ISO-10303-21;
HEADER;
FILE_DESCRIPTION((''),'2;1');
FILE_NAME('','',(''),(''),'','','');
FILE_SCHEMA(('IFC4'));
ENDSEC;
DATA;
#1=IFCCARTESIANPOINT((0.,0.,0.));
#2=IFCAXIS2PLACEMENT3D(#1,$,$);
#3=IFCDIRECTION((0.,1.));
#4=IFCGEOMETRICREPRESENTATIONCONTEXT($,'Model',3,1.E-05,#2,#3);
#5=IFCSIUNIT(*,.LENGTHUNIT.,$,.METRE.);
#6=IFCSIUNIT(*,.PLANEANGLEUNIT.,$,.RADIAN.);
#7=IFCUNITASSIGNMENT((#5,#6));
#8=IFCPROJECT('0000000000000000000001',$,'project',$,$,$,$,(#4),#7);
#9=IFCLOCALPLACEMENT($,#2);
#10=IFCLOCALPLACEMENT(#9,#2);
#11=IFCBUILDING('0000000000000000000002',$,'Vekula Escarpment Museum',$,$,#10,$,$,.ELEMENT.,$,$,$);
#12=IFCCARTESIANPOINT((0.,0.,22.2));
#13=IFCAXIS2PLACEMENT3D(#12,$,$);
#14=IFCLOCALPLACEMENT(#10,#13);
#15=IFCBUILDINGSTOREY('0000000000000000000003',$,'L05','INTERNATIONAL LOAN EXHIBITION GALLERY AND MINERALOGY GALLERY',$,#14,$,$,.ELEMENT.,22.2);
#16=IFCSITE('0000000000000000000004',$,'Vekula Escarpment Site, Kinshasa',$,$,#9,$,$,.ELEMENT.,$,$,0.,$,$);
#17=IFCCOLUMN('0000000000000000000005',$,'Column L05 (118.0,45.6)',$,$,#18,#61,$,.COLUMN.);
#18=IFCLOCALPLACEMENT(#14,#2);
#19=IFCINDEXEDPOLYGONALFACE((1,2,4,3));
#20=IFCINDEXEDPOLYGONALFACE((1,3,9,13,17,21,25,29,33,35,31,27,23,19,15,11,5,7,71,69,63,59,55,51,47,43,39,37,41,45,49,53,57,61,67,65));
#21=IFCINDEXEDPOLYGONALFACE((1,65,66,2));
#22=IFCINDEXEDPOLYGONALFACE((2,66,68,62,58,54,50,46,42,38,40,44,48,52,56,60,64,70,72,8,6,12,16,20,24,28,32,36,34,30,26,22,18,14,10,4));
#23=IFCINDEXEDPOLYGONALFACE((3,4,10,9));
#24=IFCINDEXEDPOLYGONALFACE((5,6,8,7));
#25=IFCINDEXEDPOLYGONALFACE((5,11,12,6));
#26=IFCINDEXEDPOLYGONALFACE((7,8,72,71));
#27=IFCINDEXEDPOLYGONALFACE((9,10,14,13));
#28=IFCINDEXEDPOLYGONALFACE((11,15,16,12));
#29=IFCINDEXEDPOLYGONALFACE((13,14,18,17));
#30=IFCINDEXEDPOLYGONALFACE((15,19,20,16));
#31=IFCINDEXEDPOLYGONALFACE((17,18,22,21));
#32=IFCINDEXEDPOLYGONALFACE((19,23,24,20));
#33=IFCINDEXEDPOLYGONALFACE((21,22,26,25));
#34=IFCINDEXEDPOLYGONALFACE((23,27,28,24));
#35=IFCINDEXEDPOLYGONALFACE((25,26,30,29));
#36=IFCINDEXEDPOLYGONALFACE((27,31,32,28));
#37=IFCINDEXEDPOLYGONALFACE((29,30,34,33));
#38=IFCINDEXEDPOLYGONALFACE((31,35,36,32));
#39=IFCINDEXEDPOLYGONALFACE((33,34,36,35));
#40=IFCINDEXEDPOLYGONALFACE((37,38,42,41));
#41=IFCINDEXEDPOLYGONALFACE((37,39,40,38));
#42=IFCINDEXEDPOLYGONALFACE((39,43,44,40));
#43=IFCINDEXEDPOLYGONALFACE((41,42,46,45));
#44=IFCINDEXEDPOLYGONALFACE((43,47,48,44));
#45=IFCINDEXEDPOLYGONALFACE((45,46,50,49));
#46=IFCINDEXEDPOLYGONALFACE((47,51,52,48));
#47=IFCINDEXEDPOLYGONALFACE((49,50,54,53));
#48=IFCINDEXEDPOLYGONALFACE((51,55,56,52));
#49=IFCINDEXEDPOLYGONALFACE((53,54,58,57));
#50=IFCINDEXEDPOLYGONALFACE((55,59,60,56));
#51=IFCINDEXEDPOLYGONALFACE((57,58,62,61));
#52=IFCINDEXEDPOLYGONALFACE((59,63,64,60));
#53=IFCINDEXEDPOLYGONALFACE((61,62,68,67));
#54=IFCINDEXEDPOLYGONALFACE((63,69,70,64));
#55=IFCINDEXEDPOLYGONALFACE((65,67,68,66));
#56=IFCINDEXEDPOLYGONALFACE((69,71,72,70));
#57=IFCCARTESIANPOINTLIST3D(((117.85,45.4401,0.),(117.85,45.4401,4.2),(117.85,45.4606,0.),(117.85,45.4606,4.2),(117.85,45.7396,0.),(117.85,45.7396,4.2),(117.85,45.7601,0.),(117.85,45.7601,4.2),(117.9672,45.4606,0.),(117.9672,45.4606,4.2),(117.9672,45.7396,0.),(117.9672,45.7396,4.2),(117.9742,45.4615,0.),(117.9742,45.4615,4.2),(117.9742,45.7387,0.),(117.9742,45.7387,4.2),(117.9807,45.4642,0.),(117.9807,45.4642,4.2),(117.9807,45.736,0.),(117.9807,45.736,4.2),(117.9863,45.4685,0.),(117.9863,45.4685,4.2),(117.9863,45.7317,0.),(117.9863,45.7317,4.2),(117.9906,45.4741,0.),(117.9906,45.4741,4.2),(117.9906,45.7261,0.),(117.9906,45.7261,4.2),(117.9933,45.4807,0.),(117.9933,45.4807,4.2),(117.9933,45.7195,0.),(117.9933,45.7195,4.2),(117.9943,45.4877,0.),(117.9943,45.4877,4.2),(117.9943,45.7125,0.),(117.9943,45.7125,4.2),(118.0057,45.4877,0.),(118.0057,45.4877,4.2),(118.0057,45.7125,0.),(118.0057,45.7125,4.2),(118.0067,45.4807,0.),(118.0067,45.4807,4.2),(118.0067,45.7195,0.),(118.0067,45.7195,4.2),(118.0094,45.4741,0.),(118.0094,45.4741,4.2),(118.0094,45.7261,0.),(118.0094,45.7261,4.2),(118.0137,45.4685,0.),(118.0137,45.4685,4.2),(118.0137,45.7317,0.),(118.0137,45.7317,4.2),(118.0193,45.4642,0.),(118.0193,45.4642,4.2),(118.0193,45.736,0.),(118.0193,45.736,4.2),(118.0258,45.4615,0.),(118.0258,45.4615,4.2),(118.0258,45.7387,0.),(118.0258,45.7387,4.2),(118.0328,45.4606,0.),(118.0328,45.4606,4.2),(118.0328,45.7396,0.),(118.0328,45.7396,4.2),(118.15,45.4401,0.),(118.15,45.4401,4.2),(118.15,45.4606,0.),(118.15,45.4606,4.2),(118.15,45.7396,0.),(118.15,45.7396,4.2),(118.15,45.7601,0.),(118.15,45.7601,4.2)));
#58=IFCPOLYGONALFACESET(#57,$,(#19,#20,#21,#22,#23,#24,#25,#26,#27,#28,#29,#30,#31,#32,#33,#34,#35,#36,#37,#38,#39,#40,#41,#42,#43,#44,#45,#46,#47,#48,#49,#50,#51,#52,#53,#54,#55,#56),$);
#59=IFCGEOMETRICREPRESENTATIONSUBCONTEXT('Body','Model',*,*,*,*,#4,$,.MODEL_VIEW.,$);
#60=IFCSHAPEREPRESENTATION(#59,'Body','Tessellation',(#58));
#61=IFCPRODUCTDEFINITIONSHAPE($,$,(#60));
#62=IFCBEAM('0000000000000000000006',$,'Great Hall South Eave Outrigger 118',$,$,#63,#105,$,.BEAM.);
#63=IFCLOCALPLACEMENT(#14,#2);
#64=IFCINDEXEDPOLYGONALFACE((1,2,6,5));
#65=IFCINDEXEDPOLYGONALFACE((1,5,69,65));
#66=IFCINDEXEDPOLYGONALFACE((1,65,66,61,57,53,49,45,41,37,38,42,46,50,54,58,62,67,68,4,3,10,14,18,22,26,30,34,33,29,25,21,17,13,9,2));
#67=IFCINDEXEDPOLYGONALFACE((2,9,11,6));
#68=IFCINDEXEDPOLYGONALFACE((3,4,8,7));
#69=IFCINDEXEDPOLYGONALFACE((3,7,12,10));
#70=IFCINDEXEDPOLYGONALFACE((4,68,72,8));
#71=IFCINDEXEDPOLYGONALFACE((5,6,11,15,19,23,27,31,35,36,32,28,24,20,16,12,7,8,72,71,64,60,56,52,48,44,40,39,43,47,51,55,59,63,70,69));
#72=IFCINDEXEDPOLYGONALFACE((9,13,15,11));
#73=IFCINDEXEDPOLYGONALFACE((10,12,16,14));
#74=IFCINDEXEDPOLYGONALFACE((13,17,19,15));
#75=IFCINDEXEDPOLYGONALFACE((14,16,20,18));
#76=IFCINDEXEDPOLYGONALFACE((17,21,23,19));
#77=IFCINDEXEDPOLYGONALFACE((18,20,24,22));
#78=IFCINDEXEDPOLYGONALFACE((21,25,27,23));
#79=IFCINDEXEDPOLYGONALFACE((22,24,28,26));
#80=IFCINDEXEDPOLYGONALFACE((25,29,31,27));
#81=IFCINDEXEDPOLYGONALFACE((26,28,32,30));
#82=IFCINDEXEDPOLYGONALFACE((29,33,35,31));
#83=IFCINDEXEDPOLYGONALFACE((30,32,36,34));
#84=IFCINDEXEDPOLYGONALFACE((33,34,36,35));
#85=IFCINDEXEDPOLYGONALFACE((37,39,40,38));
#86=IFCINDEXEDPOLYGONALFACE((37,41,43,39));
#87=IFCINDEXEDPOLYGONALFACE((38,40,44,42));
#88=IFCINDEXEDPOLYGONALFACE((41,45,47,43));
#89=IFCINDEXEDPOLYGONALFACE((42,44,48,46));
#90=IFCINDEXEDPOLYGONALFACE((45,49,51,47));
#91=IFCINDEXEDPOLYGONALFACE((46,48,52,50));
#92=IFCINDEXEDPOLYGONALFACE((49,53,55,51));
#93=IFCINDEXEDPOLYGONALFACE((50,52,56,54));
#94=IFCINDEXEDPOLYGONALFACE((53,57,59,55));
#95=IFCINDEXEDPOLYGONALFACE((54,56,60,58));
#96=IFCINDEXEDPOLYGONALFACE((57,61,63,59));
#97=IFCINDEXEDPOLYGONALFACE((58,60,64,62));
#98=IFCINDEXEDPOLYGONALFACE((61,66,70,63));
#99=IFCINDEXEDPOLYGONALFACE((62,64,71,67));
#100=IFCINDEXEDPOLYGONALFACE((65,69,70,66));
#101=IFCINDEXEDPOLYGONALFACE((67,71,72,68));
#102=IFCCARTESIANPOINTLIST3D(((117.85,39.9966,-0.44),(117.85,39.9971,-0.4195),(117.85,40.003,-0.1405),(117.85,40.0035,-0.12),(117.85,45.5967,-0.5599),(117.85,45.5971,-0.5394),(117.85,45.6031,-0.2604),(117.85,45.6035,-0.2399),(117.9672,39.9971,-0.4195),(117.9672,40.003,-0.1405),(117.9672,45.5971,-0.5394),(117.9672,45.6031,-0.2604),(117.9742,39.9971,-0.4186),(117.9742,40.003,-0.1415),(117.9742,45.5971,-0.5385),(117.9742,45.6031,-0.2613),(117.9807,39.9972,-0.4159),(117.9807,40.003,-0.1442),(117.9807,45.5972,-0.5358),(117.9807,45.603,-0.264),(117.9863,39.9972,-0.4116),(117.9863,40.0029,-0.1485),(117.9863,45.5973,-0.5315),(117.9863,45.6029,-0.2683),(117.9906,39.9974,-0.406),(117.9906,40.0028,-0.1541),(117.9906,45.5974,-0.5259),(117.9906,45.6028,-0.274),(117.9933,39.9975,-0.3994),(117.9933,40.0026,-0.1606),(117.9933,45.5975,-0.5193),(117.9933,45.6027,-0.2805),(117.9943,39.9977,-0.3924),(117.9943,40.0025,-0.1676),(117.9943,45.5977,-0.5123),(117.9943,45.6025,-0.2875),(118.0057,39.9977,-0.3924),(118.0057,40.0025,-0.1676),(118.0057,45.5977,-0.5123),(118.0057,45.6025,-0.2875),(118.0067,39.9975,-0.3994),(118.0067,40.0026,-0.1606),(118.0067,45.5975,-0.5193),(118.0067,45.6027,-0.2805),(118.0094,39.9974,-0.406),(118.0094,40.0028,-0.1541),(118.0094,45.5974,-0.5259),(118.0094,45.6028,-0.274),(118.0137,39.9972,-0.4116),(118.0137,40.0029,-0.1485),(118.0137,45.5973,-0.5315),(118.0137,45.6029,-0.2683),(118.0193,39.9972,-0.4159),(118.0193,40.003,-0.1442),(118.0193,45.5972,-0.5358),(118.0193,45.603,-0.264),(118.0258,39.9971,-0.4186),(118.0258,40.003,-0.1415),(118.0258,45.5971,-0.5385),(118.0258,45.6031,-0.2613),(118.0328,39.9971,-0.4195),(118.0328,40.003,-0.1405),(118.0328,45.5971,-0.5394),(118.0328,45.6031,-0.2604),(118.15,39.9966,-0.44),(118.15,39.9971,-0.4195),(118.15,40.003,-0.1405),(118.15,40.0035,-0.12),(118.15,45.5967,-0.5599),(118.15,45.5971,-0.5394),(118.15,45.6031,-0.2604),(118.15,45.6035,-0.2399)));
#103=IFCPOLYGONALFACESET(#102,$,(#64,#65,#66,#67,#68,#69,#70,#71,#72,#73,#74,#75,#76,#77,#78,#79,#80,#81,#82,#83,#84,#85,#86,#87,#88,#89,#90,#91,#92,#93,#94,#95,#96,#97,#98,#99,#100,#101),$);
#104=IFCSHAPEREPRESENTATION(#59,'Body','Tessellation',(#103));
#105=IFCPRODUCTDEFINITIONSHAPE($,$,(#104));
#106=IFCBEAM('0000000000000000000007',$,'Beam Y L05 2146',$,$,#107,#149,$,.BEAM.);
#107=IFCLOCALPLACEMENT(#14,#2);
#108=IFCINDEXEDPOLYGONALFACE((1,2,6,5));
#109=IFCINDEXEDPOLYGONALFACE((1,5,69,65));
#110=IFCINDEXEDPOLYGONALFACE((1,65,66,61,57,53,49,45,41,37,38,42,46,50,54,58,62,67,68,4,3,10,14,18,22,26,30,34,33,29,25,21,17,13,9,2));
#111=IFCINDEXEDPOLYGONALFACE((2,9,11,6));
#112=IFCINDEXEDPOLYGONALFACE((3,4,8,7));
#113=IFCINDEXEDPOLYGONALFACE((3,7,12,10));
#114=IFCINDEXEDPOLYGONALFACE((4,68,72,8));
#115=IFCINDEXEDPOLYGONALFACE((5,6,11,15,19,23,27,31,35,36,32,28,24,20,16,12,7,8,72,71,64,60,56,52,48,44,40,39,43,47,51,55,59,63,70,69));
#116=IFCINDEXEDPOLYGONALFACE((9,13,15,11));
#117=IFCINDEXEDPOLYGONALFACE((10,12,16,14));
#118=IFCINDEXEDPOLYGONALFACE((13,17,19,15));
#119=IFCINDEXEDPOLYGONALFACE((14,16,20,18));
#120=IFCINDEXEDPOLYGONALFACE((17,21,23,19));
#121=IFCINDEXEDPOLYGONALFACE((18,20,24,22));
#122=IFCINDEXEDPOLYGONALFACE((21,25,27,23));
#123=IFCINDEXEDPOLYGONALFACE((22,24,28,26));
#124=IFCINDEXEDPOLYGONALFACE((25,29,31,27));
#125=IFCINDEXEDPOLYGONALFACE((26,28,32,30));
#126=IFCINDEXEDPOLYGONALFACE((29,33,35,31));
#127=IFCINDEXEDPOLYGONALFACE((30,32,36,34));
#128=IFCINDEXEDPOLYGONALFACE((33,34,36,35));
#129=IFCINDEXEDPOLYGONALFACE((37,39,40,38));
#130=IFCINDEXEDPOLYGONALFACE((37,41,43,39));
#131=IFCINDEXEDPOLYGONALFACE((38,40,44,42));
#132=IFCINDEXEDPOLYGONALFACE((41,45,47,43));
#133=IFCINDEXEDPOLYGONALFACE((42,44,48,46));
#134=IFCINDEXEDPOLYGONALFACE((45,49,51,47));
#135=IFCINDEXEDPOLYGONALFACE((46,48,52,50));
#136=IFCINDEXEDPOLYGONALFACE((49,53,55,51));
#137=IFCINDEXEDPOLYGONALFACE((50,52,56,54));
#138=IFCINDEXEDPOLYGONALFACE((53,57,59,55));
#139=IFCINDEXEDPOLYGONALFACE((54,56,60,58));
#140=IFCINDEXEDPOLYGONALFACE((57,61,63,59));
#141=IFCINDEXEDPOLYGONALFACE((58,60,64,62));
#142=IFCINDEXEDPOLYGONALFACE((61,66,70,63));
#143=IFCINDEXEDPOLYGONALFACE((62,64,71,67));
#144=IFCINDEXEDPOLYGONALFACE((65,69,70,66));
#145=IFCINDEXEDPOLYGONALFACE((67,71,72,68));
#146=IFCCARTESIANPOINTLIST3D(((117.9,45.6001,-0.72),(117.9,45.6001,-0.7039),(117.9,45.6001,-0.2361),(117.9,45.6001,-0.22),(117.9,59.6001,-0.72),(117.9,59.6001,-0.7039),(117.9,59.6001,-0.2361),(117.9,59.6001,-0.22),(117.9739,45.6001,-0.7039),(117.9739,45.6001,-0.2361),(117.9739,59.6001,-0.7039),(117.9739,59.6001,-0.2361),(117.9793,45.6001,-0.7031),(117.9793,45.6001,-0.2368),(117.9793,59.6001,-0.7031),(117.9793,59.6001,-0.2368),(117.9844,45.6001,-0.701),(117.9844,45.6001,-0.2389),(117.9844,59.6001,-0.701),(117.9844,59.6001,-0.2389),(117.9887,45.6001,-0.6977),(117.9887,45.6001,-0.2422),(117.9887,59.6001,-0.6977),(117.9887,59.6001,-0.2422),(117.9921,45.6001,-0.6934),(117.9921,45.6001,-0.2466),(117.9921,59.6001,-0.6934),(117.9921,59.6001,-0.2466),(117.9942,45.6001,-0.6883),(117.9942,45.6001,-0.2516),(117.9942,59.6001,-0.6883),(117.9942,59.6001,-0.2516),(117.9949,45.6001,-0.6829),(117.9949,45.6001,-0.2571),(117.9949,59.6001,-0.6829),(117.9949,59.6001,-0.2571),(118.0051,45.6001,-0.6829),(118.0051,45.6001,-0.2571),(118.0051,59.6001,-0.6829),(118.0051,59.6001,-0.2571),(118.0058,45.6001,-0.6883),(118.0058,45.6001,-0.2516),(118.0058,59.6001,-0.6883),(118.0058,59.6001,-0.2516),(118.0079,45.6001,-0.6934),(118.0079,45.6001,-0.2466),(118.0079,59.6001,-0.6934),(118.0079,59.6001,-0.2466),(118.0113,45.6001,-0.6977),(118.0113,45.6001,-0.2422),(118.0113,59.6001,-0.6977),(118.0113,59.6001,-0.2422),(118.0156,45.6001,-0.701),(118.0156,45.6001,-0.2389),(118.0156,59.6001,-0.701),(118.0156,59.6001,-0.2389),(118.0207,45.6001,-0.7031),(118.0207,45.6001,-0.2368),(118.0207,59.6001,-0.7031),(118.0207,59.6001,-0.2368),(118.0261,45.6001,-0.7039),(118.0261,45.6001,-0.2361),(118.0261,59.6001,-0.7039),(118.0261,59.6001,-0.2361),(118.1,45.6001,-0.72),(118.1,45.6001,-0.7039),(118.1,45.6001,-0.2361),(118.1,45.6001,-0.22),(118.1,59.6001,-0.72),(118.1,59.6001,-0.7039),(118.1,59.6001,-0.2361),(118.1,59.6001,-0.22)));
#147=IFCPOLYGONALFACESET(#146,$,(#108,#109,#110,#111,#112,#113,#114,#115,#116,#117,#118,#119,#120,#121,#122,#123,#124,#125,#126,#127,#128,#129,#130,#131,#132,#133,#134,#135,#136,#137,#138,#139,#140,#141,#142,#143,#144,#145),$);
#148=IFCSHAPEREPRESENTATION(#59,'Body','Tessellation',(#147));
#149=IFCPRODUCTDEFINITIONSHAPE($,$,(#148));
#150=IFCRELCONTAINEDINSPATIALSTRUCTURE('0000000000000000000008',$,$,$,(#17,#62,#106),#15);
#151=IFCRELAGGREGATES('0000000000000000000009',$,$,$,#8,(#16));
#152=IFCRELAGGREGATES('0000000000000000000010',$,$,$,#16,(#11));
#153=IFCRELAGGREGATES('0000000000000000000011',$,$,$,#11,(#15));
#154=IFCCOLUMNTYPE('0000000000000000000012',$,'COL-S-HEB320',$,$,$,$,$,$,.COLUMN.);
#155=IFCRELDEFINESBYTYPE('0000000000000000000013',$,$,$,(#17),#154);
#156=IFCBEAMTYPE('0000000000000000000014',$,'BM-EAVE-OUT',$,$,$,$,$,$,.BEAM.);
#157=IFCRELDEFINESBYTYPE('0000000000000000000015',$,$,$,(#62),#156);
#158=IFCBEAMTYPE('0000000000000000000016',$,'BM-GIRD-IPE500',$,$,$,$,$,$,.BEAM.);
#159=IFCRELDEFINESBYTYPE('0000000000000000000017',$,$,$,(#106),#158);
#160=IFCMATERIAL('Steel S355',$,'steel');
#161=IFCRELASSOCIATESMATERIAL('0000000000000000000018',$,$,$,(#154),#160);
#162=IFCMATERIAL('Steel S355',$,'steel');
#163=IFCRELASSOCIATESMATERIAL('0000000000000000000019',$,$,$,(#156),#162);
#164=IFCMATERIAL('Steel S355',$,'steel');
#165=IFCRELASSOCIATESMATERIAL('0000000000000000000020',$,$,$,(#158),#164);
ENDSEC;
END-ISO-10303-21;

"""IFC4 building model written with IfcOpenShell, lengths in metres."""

from ifc_helpers import new_model, si_unit, direction, frame, origin, origin_2d, place, context, subcontext, project, spatial, i_section, extrude, material, material_profile, profile_set, type_object, element, save


model = new_model("IFC4")

# Units and contexts
model_context = context("Model", 3, precision=1e-05, world=origin(), true_north=direction((0.0, 1.0)))
body_context = subcontext(model_context, "Body", "Model", "MODEL_VIEW")
ifc_project = project(units=[si_unit("LENGTHUNIT", "METRE"), si_unit("PLANEANGLEUNIT", "RADIAN")], contexts=[model_context])

# Site, building, storey
site_placement = place(None, origin())
site = spatial("IfcSite", under=ifc_project, at=site_placement, Name="Vekula Escarpment Site, Kinshasa", CompositionType="ELEMENT", RefElevation=0.0)
building_placement = place(site_placement, origin())
building = spatial("IfcBuilding", under=site, at=building_placement, Name="Vekula Escarpment Museum", CompositionType="ELEMENT")
storey_placement = place(building_placement, frame((0.0, 0.0, 22.2)))
storey = spatial("IfcBuildingStorey", under=building, at=storey_placement, Name="L05", Description="INTERNATIONAL LOAN EXHIBITION GALLERY AND MINERALOGY GALLERY", CompositionType="ELEMENT", Elevation=22.2)

# Column
ifc_material_1 = material(Name="Steel S355", Category="steel")
ifc_material_profile_1 = material_profile(ifc_material_1, i_section(OverallWidth=0.3, OverallDepth=0.3201, WebThickness=0.0115, FlangeThickness=0.0205, FilletRadius=0.0271, at=origin_2d()), Name="HEB 320")
ifc_profile_set_1 = profile_set([ifc_material_profile_1], Name="Steel S355")
column_type = type_object("IfcColumnType", Name="COL-S-HEB320", PredefinedType="COLUMN", material=ifc_profile_set_1)
column_placement = place(storey_placement, frame((118.0, 45.6001, 0.0), z_axis=(0.0, 0.0, 1.0), x_axis=(1.0, 0.0, 0.0)))
element("IfcColumn", 1, at=column_placement, inside=storey, type_object=column_type, Name="Column L05 (118.0,45.6)", PredefinedType="COLUMN", context=body_context, shape_type="SweptSolid", body=[
    extrude(i_section(OverallWidth=0.3, OverallDepth=0.3201, WebThickness=0.0115, FlangeThickness=0.0205, FilletRadius=0.0271, at=origin_2d()), origin(), (0.0, 0.0, 1.0), 4.2),
])

# Beams
ifc_material_2 = material(Name="Steel S355", Category="steel")
ifc_material_profile_2 = material_profile(ifc_material_2, i_section(OverallWidth=0.3, OverallDepth=0.3201, WebThickness=0.0115, FlangeThickness=0.0205, FilletRadius=0.0271, at=origin_2d()), Name="HEB 320")
ifc_profile_set_2 = profile_set([ifc_material_profile_2], Name="Steel S355")
beam_type_1 = type_object("IfcBeamType", Name="BM-EAVE-OUT", PredefinedType="BEAM", material=ifc_profile_set_2)
beam_1_placement = place(storey_placement, frame((118.0, 45.6001, -0.3999), z_axis=(0.0, -0.999771, 0.021401), x_axis=(1.0, 0.0, 0.0)))
element("IfcBeam", 2, at=beam_1_placement, inside=storey, type_object=beam_type_1, Name="Great Hall South Eave Outrigger 118", PredefinedType="BEAM", context=body_context, shape_type="SweptSolid", body=[
    extrude(i_section(OverallWidth=0.3, OverallDepth=0.3201, WebThickness=0.0115, FlangeThickness=0.0205, FilletRadius=0.0271, at=origin_2d()), origin(), (0.0, 0.0, 1.0), 5.6013),
])
ifc_material_3 = material(Name="Steel S355", Category="steel")
ifc_material_profile_3 = material_profile(ifc_material_3, i_section(OverallWidth=0.2, OverallDepth=0.5, WebThickness=0.0103, FlangeThickness=0.0161, FilletRadius=0.021, at=origin_2d()), Name="IPE 500")
ifc_profile_set_3 = profile_set([ifc_material_profile_3], Name="Steel S355")
beam_type_2 = type_object("IfcBeamType", Name="BM-GIRD-IPE500", PredefinedType="BEAM", material=ifc_profile_set_3)
beam_2_placement = place(storey_placement, frame((118.0, 45.6001, -0.47), z_axis=(0.0, 1.0, 0.0), x_axis=(-1.0, 0.0, 0.0)))
element("IfcBeam", 3, at=beam_2_placement, inside=storey, type_object=beam_type_2, Name="Beam Y L05 2146", PredefinedType="BEAM", context=body_context, shape_type="SweptSolid", body=[
    extrude(i_section(OverallWidth=0.2, OverallDepth=0.5, WebThickness=0.0103, FlangeThickness=0.0161, FilletRadius=0.021, at=origin_2d()), origin(), (0.0, 0.0, 1.0), 14.0),
])

save(model, "model.ifc")
